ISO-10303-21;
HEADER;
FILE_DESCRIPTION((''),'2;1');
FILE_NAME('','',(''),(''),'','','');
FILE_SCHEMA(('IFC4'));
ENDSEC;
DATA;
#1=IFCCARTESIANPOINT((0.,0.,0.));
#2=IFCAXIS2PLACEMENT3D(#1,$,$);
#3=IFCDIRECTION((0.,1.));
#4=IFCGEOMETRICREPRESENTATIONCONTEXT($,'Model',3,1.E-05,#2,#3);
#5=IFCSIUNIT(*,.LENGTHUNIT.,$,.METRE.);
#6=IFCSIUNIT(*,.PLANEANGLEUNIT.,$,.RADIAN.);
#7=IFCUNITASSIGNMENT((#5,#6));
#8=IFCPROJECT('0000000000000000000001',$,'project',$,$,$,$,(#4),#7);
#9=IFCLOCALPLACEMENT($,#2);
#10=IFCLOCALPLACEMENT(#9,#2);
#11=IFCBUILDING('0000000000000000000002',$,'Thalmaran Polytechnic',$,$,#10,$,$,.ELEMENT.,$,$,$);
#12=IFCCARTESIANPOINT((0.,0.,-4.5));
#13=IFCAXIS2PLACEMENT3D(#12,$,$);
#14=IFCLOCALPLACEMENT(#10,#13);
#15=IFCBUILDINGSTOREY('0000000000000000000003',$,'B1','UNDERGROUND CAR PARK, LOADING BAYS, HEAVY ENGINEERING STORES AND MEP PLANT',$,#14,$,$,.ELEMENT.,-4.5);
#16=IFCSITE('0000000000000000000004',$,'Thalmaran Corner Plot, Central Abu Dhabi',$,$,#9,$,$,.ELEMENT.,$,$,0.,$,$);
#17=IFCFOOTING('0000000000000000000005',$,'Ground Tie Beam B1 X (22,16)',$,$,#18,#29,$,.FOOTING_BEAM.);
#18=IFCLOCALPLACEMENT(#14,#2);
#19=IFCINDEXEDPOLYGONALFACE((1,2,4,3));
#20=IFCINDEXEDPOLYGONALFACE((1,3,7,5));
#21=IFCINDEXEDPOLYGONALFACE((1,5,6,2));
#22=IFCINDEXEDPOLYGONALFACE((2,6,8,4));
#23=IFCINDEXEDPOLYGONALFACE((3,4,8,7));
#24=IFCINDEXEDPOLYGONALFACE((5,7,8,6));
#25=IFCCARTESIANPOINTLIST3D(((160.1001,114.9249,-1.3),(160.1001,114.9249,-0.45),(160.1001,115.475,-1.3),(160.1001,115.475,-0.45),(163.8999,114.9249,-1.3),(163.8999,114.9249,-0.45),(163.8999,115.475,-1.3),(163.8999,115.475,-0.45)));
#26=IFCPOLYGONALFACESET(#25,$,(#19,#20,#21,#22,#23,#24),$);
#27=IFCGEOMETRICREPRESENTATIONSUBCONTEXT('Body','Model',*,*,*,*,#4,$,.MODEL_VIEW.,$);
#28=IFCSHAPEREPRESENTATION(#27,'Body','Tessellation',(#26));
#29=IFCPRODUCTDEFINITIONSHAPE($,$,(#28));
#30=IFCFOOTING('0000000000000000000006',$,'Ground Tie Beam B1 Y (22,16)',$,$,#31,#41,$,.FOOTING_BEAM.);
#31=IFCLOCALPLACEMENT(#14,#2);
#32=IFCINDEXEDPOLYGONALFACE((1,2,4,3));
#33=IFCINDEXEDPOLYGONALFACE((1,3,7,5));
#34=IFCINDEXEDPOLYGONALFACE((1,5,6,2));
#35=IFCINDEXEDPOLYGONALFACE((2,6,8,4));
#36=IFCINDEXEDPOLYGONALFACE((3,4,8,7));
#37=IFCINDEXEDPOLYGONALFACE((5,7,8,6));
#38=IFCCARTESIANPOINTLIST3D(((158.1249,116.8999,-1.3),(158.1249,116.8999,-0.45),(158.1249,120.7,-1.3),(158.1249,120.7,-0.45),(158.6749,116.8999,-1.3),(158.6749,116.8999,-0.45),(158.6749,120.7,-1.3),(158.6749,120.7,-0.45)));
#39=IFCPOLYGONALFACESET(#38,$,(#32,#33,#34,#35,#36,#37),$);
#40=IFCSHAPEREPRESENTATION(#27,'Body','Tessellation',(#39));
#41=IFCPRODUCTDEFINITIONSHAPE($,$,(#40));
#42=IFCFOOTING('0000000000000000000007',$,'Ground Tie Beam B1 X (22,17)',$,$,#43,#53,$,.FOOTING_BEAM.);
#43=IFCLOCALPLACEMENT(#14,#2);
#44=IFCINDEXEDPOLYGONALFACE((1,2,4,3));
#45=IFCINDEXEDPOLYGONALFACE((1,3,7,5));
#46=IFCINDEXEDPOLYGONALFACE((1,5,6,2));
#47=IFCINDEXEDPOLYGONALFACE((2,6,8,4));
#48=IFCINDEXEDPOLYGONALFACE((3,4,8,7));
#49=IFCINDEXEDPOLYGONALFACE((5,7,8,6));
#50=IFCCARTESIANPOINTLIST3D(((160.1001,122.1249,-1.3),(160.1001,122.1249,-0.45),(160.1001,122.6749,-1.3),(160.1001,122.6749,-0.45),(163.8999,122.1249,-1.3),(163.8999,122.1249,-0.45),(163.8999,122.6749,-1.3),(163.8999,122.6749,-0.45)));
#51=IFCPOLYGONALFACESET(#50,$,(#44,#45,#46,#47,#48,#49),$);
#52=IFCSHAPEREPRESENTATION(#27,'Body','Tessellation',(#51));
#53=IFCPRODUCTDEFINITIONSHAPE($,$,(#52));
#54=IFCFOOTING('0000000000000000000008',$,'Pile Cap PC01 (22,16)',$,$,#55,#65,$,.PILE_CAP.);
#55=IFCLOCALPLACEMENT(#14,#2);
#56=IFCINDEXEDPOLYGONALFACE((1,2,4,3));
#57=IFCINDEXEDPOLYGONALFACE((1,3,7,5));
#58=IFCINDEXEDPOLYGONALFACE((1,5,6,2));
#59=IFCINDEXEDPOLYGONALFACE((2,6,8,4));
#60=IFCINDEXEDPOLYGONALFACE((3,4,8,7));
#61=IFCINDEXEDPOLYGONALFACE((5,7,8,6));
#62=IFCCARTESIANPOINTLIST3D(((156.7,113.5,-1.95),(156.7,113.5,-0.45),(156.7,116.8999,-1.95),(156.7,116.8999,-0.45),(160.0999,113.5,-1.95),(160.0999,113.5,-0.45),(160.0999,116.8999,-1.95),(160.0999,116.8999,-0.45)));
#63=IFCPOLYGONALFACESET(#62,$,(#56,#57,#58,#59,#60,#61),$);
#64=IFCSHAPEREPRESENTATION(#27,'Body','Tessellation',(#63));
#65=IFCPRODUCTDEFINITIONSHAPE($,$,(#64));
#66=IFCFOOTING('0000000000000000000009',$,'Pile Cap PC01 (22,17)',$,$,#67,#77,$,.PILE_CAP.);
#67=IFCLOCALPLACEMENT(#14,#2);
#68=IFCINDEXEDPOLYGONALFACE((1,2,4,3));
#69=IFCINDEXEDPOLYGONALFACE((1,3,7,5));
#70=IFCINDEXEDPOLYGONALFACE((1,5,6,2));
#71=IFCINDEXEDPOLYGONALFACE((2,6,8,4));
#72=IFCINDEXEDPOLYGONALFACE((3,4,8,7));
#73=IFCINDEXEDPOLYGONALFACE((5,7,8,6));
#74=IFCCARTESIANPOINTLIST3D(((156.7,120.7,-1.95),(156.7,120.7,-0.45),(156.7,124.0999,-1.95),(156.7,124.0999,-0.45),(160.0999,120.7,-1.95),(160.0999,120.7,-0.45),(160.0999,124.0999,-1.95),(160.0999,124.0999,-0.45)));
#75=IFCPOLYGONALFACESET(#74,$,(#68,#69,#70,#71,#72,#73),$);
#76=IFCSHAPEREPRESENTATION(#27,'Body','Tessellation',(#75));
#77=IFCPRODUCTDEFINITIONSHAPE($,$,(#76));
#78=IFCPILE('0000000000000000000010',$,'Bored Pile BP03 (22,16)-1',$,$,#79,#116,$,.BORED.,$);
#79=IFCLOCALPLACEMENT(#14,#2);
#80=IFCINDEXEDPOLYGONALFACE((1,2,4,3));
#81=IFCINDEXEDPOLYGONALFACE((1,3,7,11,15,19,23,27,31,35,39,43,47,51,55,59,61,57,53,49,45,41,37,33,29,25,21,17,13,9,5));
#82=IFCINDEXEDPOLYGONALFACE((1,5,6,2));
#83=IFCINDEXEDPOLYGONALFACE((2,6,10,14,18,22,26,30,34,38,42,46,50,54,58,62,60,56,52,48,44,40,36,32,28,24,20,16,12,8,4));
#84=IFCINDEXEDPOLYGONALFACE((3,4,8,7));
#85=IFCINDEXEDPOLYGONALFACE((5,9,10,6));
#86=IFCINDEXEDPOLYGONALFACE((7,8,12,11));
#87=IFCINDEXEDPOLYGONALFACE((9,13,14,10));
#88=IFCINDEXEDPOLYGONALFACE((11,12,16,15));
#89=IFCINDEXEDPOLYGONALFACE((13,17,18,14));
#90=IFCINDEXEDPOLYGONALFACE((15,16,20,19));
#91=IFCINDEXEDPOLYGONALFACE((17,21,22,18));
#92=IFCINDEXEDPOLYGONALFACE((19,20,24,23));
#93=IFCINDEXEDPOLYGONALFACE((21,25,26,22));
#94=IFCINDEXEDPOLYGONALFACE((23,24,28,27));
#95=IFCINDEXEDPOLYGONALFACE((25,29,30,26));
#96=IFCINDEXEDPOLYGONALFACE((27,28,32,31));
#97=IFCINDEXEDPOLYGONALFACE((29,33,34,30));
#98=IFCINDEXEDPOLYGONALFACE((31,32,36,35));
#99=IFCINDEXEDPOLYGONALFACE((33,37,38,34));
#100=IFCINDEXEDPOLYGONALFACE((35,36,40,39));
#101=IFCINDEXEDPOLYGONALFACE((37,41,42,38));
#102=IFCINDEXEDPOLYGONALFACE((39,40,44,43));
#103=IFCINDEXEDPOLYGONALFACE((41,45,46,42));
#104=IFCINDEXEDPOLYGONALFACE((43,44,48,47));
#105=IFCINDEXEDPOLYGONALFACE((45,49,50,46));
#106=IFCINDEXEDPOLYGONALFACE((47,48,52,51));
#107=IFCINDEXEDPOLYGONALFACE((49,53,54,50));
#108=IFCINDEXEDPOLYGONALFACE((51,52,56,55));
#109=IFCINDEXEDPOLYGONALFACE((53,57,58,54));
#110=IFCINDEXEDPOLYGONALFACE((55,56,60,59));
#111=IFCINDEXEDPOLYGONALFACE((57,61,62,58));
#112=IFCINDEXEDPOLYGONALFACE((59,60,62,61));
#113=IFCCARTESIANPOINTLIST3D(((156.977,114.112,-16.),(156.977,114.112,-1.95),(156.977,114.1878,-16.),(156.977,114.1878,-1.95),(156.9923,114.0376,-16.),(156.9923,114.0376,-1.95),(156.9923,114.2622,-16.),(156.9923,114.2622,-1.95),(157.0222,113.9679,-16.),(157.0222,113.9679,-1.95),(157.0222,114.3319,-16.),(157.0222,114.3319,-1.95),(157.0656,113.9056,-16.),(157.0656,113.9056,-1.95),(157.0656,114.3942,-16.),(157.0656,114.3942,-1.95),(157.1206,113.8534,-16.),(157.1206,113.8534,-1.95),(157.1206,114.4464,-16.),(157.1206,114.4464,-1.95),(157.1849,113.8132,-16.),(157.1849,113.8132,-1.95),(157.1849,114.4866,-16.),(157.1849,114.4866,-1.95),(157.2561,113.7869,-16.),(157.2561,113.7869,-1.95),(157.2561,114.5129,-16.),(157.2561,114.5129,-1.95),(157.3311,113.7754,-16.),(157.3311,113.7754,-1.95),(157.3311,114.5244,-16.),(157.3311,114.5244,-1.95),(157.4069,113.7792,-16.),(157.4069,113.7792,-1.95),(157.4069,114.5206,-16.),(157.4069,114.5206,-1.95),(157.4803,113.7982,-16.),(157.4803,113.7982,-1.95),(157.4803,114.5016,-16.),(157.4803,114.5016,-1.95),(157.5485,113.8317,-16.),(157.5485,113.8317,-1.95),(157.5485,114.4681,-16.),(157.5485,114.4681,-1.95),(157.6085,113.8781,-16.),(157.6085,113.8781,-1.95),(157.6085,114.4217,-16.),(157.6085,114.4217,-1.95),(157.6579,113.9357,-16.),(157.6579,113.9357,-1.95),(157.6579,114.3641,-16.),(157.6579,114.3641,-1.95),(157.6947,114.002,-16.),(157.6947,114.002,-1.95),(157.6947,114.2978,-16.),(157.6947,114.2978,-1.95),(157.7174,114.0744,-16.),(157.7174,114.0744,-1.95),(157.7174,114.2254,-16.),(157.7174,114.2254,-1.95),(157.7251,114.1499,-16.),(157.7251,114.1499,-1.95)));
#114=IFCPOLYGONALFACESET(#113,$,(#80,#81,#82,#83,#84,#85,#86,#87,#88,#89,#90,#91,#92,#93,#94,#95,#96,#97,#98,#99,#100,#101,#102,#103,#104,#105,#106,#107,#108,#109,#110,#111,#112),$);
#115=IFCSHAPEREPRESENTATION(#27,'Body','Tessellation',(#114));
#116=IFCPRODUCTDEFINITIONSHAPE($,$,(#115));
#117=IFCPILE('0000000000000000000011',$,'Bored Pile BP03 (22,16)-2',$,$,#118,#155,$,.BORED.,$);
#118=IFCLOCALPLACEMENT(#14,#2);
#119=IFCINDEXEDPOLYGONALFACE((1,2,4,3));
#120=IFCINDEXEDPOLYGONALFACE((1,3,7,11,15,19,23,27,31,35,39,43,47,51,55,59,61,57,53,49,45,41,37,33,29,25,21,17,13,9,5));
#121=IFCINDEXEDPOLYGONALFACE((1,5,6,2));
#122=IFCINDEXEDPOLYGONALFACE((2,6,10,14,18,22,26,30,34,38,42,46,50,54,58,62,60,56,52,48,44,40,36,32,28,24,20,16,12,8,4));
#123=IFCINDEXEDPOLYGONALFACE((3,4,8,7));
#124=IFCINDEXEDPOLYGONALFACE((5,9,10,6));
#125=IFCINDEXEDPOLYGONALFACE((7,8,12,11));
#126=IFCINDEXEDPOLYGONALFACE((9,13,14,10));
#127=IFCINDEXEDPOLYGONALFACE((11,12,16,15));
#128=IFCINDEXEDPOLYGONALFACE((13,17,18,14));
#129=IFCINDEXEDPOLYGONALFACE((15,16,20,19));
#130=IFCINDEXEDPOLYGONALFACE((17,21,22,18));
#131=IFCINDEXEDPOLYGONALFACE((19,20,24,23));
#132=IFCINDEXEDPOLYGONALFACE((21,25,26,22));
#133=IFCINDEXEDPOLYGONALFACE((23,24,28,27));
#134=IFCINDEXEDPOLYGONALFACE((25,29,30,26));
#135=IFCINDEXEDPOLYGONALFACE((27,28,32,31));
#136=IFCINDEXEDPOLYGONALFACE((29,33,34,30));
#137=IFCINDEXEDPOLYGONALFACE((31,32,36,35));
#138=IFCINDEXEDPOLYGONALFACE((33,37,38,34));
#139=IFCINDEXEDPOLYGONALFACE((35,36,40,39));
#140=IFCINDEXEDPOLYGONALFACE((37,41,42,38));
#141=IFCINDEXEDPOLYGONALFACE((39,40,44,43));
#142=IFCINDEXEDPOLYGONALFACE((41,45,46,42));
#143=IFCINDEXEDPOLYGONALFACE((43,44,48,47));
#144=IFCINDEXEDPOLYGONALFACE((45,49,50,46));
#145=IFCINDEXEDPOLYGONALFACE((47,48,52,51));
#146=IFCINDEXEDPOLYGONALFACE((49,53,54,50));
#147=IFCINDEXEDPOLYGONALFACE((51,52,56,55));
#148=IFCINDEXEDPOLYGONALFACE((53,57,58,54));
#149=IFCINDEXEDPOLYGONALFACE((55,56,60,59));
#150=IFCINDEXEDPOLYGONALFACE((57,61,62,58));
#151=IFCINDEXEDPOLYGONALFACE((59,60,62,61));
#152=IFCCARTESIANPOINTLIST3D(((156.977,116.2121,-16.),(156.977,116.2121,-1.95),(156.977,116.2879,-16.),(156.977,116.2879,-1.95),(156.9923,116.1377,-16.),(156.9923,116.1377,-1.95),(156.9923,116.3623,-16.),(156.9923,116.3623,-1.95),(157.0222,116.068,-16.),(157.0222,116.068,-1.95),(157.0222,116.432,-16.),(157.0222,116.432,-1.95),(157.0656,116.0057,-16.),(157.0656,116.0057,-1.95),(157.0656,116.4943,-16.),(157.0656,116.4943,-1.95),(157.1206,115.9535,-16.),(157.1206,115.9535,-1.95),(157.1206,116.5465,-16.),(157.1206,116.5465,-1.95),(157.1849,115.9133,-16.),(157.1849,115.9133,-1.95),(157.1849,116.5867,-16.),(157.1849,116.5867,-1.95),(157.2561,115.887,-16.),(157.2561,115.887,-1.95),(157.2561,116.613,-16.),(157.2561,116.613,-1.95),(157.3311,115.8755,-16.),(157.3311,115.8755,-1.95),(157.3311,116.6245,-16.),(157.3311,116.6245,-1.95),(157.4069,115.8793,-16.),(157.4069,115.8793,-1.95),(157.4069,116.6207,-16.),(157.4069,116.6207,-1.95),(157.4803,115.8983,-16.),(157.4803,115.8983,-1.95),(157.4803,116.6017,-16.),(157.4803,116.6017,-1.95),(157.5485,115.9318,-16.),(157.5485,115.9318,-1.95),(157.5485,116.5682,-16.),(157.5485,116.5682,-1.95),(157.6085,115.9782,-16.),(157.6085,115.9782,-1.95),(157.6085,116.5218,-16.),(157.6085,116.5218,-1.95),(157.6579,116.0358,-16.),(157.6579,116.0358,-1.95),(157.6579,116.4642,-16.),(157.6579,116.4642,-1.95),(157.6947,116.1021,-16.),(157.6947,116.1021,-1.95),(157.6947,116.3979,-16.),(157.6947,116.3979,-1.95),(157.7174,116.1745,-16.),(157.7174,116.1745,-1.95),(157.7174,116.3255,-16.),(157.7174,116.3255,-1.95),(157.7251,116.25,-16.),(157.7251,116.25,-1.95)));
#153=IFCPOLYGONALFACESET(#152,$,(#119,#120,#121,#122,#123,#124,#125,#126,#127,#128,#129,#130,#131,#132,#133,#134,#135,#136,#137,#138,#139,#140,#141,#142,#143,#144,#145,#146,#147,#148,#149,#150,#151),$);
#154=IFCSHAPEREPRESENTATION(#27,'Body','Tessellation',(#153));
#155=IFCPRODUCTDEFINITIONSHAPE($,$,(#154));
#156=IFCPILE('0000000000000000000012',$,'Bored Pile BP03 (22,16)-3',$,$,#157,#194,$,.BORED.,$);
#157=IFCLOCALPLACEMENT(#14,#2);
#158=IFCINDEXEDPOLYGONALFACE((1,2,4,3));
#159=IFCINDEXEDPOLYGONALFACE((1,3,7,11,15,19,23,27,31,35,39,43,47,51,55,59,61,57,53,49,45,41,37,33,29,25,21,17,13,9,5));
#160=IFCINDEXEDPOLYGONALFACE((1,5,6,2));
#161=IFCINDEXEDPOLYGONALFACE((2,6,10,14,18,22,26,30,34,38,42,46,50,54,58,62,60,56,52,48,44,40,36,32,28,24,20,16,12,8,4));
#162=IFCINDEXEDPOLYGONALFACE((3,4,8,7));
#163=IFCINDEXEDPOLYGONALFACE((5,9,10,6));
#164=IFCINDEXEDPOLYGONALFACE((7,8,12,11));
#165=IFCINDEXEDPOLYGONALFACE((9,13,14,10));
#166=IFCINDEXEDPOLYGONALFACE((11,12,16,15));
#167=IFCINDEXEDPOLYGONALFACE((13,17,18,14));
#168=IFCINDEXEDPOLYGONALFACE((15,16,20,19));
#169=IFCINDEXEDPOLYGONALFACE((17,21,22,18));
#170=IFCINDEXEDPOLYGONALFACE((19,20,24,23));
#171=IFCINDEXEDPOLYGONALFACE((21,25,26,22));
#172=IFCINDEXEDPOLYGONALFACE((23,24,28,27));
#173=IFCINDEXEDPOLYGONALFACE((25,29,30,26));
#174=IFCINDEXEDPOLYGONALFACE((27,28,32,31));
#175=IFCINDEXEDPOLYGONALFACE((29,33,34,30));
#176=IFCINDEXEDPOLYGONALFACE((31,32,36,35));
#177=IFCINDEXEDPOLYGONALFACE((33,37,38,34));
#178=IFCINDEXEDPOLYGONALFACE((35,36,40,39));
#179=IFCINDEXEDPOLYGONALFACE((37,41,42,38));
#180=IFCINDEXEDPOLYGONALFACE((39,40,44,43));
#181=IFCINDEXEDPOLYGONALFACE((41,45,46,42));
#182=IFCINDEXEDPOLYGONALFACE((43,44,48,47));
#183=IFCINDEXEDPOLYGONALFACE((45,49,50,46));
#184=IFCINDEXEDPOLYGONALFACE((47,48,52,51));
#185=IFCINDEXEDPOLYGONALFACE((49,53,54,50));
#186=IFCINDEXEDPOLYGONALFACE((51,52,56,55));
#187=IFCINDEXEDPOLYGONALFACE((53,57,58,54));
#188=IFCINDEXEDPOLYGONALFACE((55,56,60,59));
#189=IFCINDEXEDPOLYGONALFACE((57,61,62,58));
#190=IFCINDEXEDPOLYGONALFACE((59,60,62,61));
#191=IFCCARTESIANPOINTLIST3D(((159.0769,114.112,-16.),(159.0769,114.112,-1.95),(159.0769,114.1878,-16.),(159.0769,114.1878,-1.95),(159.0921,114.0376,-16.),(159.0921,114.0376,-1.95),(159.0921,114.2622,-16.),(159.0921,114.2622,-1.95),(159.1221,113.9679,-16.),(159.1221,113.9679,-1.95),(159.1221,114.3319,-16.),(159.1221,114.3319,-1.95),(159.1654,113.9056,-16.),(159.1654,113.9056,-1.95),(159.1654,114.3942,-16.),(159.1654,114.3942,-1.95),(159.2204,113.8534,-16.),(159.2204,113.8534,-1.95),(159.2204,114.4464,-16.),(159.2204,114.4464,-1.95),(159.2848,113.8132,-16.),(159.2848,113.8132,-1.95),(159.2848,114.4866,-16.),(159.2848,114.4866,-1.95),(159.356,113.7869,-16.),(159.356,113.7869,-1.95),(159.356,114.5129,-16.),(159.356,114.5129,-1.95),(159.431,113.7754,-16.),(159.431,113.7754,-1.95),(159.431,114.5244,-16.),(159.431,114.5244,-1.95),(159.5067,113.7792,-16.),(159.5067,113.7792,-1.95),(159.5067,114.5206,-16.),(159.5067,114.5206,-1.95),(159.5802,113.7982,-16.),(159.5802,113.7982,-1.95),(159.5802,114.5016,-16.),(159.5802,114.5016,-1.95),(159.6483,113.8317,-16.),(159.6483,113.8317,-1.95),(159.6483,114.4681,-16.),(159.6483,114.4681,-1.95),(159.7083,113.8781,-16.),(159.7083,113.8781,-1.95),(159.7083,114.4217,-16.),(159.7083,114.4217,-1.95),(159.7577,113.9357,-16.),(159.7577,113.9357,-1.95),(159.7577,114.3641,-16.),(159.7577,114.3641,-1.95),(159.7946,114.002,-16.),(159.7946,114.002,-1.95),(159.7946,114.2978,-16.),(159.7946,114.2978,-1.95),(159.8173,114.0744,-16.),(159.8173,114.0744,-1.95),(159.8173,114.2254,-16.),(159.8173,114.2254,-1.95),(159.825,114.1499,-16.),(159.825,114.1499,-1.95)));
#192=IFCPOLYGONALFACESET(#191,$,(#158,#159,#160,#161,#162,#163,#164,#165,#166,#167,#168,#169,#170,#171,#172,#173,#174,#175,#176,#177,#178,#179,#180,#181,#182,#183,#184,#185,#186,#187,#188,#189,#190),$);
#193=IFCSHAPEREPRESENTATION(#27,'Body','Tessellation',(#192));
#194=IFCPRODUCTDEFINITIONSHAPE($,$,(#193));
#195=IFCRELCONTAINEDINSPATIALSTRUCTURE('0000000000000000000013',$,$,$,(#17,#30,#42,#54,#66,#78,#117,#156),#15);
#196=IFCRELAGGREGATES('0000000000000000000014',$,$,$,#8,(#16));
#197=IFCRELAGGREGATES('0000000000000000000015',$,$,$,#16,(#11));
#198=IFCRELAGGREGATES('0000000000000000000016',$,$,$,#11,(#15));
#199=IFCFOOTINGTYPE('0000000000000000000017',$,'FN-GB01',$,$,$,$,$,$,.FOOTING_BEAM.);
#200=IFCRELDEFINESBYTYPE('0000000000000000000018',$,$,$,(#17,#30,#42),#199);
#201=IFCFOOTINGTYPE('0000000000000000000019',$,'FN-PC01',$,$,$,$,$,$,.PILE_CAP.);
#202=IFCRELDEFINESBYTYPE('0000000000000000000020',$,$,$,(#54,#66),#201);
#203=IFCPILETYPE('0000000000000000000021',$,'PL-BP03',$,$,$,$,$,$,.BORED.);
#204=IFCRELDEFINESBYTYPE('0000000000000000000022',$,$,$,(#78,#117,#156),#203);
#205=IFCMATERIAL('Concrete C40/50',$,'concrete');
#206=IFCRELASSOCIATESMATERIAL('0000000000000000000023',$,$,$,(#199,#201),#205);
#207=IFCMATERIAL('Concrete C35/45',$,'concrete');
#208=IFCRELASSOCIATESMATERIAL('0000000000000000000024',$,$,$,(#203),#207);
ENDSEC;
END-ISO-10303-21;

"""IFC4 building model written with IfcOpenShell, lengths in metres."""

from ifc_helpers import new_model, si_unit, direction, frame, origin, origin_2d, place, context, subcontext, project, spatial, rectangle, circle, extrude, material, material_profile, profile_set, type_object, element, save


model = new_model("IFC4")

# Units and contexts
model_context = context("Model", 3, precision=1e-05, world=origin(), true_north=direction((0.0, 1.0)))
body_context = subcontext(model_context, "Body", "Model", "MODEL_VIEW")
ifc_project = project(units=[si_unit("LENGTHUNIT", "METRE"), si_unit("PLANEANGLEUNIT", "RADIAN")], contexts=[model_context])

# Site, building, storey
site_placement = place(None, origin())
site = spatial("IfcSite", under=ifc_project, at=site_placement, Name="Thalmaran Corner Plot, Central Abu Dhabi", CompositionType="ELEMENT", RefElevation=0.0)
building_placement = place(site_placement, origin())
building = spatial("IfcBuilding", under=site, at=building_placement, Name="Thalmaran Polytechnic", CompositionType="ELEMENT")
storey_placement = place(building_placement, frame((0.0, 0.0, -4.5)))
storey = spatial("IfcBuildingStorey", under=building, at=storey_placement, Name="B1", Description="UNDERGROUND CAR PARK, LOADING BAYS, HEAVY ENGINEERING STORES AND MEP PLANT", CompositionType="ELEMENT", Elevation=-4.5)

# Footings
ifc_material_1 = material(Name="Concrete C40/50", Category="concrete")
ifc_material_profile_1 = material_profile(ifc_material_1, rectangle(XDim=0.55, YDim=0.8501, at=origin_2d()), Name="RC 550x850")
ifc_profile_set_1 = profile_set([ifc_material_profile_1], Name="Concrete C40/50")
footing_type_1 = type_object("IfcFootingType", Name="FN-GB01", PredefinedType="FOOTING_BEAM", material=ifc_profile_set_1)
footing_1_placement = place(storey_placement, frame((160.1001, 115.2, -0.875), z_axis=(1.0, 0.0, 0.0), x_axis=(0.0, 1.0, 0.0)))
element("IfcFooting", 1, at=footing_1_placement, inside=storey, type_object=footing_type_1, Name="Ground Tie Beam B1 X (22,16)", PredefinedType="FOOTING_BEAM", context=body_context, shape_type="SweptSolid", body=[
    extrude(rectangle(XDim=0.55, YDim=0.8501, at=origin_2d()), origin(), (0.0, 0.0, 1.0), 3.7998),
])
footing_2_placement = place(storey_placement, frame((158.3999, 116.8999, -0.875), z_axis=(0.0, 1.0, 0.0), x_axis=(-1.0, 0.0, 0.0)))
element("IfcFooting", 2, at=footing_2_placement, inside=storey, type_object=footing_type_1, Name="Ground Tie Beam B1 Y (22,16)", PredefinedType="FOOTING_BEAM", context=body_context, shape_type="SweptSolid", body=[
    extrude(rectangle(XDim=0.55, YDim=0.8501, at=origin_2d()), origin(), (0.0, 0.0, 1.0), 3.8),
])
footing_3_placement = place(storey_placement, frame((160.1001, 122.3999, -0.875), z_axis=(1.0, 0.0, 0.0), x_axis=(0.0, 1.0, 0.0)))
element("IfcFooting", 3, at=footing_3_placement, inside=storey, type_object=footing_type_1, Name="Ground Tie Beam B1 X (22,17)", PredefinedType="FOOTING_BEAM", context=body_context, shape_type="SweptSolid", body=[
    extrude(rectangle(XDim=0.55, YDim=0.8501, at=origin_2d()), origin(), (0.0, 0.0, 1.0), 3.7998),
])
footing_type_2 = type_object("IfcFootingType", Name="FN-PC01", PredefinedType="PILE_CAP", material=ifc_material_1)
for number, where, z_axis, x_axis, name in (
    (4, (158.3999, 115.2, -1.95), (0.0, 0.0, 1.0), (1.0, 0.0, 0.0), "Pile Cap PC01 (22,16)"),
    (5, (158.3999, 122.3999, -1.95), (0.0, 0.0, 1.0), (1.0, 0.0, 0.0), "Pile Cap PC01 (22,17)"),
):
    element("IfcFooting", number, at=place(storey_placement, frame(where, z_axis=z_axis, x_axis=x_axis)), inside=storey, type_object=footing_type_2, Name=name, PredefinedType="PILE_CAP", context=body_context, shape_type="SweptSolid", body=[
        extrude(rectangle(XDim=3.3999, YDim=3.3999, at=origin_2d()), origin(), (0.0, 0.0, 1.0), 1.5),
    ])

# Piles
ifc_material_2 = material(Name="Concrete C35/45", Category="concrete")
ifc_material_profile_2 = material_profile(ifc_material_2, circle(Radius=0.375, at=origin_2d()), Name="RC 750 DIA")
ifc_profile_set_2 = profile_set([ifc_material_profile_2], Name="Concrete C35/45")
pile_type = type_object("IfcPileType", Name="PL-BP03", PredefinedType="BORED", material=ifc_profile_set_2)
for number, where, z_axis, x_axis, name in (
    (6, (157.3501, 114.1499, -1.95), (0.0, 0.0, -1.0), (1.0, 0.0, 0.0), "Bored Pile BP03 (22,16)-1"),
    (7, (157.3501, 116.25, -1.95), (0.0, 0.0, -1.0), (1.0, 0.0, 0.0), "Bored Pile BP03 (22,16)-2"),
    (8, (159.45, 114.1499, -1.95), (0.0, 0.0, -1.0), (1.0, 0.0, 0.0), "Bored Pile BP03 (22,16)-3"),
):
    element("IfcPile", number, at=place(storey_placement, frame(where, z_axis=z_axis, x_axis=x_axis)), inside=storey, type_object=pile_type, Name=name, PredefinedType="BORED", context=body_context, shape_type="SweptSolid", body=[
        extrude(circle(Radius=0.375, at=origin_2d()), origin(), (0.0, 0.0, 1.0), 14.05),
    ])

save(model, "model.ifc")
